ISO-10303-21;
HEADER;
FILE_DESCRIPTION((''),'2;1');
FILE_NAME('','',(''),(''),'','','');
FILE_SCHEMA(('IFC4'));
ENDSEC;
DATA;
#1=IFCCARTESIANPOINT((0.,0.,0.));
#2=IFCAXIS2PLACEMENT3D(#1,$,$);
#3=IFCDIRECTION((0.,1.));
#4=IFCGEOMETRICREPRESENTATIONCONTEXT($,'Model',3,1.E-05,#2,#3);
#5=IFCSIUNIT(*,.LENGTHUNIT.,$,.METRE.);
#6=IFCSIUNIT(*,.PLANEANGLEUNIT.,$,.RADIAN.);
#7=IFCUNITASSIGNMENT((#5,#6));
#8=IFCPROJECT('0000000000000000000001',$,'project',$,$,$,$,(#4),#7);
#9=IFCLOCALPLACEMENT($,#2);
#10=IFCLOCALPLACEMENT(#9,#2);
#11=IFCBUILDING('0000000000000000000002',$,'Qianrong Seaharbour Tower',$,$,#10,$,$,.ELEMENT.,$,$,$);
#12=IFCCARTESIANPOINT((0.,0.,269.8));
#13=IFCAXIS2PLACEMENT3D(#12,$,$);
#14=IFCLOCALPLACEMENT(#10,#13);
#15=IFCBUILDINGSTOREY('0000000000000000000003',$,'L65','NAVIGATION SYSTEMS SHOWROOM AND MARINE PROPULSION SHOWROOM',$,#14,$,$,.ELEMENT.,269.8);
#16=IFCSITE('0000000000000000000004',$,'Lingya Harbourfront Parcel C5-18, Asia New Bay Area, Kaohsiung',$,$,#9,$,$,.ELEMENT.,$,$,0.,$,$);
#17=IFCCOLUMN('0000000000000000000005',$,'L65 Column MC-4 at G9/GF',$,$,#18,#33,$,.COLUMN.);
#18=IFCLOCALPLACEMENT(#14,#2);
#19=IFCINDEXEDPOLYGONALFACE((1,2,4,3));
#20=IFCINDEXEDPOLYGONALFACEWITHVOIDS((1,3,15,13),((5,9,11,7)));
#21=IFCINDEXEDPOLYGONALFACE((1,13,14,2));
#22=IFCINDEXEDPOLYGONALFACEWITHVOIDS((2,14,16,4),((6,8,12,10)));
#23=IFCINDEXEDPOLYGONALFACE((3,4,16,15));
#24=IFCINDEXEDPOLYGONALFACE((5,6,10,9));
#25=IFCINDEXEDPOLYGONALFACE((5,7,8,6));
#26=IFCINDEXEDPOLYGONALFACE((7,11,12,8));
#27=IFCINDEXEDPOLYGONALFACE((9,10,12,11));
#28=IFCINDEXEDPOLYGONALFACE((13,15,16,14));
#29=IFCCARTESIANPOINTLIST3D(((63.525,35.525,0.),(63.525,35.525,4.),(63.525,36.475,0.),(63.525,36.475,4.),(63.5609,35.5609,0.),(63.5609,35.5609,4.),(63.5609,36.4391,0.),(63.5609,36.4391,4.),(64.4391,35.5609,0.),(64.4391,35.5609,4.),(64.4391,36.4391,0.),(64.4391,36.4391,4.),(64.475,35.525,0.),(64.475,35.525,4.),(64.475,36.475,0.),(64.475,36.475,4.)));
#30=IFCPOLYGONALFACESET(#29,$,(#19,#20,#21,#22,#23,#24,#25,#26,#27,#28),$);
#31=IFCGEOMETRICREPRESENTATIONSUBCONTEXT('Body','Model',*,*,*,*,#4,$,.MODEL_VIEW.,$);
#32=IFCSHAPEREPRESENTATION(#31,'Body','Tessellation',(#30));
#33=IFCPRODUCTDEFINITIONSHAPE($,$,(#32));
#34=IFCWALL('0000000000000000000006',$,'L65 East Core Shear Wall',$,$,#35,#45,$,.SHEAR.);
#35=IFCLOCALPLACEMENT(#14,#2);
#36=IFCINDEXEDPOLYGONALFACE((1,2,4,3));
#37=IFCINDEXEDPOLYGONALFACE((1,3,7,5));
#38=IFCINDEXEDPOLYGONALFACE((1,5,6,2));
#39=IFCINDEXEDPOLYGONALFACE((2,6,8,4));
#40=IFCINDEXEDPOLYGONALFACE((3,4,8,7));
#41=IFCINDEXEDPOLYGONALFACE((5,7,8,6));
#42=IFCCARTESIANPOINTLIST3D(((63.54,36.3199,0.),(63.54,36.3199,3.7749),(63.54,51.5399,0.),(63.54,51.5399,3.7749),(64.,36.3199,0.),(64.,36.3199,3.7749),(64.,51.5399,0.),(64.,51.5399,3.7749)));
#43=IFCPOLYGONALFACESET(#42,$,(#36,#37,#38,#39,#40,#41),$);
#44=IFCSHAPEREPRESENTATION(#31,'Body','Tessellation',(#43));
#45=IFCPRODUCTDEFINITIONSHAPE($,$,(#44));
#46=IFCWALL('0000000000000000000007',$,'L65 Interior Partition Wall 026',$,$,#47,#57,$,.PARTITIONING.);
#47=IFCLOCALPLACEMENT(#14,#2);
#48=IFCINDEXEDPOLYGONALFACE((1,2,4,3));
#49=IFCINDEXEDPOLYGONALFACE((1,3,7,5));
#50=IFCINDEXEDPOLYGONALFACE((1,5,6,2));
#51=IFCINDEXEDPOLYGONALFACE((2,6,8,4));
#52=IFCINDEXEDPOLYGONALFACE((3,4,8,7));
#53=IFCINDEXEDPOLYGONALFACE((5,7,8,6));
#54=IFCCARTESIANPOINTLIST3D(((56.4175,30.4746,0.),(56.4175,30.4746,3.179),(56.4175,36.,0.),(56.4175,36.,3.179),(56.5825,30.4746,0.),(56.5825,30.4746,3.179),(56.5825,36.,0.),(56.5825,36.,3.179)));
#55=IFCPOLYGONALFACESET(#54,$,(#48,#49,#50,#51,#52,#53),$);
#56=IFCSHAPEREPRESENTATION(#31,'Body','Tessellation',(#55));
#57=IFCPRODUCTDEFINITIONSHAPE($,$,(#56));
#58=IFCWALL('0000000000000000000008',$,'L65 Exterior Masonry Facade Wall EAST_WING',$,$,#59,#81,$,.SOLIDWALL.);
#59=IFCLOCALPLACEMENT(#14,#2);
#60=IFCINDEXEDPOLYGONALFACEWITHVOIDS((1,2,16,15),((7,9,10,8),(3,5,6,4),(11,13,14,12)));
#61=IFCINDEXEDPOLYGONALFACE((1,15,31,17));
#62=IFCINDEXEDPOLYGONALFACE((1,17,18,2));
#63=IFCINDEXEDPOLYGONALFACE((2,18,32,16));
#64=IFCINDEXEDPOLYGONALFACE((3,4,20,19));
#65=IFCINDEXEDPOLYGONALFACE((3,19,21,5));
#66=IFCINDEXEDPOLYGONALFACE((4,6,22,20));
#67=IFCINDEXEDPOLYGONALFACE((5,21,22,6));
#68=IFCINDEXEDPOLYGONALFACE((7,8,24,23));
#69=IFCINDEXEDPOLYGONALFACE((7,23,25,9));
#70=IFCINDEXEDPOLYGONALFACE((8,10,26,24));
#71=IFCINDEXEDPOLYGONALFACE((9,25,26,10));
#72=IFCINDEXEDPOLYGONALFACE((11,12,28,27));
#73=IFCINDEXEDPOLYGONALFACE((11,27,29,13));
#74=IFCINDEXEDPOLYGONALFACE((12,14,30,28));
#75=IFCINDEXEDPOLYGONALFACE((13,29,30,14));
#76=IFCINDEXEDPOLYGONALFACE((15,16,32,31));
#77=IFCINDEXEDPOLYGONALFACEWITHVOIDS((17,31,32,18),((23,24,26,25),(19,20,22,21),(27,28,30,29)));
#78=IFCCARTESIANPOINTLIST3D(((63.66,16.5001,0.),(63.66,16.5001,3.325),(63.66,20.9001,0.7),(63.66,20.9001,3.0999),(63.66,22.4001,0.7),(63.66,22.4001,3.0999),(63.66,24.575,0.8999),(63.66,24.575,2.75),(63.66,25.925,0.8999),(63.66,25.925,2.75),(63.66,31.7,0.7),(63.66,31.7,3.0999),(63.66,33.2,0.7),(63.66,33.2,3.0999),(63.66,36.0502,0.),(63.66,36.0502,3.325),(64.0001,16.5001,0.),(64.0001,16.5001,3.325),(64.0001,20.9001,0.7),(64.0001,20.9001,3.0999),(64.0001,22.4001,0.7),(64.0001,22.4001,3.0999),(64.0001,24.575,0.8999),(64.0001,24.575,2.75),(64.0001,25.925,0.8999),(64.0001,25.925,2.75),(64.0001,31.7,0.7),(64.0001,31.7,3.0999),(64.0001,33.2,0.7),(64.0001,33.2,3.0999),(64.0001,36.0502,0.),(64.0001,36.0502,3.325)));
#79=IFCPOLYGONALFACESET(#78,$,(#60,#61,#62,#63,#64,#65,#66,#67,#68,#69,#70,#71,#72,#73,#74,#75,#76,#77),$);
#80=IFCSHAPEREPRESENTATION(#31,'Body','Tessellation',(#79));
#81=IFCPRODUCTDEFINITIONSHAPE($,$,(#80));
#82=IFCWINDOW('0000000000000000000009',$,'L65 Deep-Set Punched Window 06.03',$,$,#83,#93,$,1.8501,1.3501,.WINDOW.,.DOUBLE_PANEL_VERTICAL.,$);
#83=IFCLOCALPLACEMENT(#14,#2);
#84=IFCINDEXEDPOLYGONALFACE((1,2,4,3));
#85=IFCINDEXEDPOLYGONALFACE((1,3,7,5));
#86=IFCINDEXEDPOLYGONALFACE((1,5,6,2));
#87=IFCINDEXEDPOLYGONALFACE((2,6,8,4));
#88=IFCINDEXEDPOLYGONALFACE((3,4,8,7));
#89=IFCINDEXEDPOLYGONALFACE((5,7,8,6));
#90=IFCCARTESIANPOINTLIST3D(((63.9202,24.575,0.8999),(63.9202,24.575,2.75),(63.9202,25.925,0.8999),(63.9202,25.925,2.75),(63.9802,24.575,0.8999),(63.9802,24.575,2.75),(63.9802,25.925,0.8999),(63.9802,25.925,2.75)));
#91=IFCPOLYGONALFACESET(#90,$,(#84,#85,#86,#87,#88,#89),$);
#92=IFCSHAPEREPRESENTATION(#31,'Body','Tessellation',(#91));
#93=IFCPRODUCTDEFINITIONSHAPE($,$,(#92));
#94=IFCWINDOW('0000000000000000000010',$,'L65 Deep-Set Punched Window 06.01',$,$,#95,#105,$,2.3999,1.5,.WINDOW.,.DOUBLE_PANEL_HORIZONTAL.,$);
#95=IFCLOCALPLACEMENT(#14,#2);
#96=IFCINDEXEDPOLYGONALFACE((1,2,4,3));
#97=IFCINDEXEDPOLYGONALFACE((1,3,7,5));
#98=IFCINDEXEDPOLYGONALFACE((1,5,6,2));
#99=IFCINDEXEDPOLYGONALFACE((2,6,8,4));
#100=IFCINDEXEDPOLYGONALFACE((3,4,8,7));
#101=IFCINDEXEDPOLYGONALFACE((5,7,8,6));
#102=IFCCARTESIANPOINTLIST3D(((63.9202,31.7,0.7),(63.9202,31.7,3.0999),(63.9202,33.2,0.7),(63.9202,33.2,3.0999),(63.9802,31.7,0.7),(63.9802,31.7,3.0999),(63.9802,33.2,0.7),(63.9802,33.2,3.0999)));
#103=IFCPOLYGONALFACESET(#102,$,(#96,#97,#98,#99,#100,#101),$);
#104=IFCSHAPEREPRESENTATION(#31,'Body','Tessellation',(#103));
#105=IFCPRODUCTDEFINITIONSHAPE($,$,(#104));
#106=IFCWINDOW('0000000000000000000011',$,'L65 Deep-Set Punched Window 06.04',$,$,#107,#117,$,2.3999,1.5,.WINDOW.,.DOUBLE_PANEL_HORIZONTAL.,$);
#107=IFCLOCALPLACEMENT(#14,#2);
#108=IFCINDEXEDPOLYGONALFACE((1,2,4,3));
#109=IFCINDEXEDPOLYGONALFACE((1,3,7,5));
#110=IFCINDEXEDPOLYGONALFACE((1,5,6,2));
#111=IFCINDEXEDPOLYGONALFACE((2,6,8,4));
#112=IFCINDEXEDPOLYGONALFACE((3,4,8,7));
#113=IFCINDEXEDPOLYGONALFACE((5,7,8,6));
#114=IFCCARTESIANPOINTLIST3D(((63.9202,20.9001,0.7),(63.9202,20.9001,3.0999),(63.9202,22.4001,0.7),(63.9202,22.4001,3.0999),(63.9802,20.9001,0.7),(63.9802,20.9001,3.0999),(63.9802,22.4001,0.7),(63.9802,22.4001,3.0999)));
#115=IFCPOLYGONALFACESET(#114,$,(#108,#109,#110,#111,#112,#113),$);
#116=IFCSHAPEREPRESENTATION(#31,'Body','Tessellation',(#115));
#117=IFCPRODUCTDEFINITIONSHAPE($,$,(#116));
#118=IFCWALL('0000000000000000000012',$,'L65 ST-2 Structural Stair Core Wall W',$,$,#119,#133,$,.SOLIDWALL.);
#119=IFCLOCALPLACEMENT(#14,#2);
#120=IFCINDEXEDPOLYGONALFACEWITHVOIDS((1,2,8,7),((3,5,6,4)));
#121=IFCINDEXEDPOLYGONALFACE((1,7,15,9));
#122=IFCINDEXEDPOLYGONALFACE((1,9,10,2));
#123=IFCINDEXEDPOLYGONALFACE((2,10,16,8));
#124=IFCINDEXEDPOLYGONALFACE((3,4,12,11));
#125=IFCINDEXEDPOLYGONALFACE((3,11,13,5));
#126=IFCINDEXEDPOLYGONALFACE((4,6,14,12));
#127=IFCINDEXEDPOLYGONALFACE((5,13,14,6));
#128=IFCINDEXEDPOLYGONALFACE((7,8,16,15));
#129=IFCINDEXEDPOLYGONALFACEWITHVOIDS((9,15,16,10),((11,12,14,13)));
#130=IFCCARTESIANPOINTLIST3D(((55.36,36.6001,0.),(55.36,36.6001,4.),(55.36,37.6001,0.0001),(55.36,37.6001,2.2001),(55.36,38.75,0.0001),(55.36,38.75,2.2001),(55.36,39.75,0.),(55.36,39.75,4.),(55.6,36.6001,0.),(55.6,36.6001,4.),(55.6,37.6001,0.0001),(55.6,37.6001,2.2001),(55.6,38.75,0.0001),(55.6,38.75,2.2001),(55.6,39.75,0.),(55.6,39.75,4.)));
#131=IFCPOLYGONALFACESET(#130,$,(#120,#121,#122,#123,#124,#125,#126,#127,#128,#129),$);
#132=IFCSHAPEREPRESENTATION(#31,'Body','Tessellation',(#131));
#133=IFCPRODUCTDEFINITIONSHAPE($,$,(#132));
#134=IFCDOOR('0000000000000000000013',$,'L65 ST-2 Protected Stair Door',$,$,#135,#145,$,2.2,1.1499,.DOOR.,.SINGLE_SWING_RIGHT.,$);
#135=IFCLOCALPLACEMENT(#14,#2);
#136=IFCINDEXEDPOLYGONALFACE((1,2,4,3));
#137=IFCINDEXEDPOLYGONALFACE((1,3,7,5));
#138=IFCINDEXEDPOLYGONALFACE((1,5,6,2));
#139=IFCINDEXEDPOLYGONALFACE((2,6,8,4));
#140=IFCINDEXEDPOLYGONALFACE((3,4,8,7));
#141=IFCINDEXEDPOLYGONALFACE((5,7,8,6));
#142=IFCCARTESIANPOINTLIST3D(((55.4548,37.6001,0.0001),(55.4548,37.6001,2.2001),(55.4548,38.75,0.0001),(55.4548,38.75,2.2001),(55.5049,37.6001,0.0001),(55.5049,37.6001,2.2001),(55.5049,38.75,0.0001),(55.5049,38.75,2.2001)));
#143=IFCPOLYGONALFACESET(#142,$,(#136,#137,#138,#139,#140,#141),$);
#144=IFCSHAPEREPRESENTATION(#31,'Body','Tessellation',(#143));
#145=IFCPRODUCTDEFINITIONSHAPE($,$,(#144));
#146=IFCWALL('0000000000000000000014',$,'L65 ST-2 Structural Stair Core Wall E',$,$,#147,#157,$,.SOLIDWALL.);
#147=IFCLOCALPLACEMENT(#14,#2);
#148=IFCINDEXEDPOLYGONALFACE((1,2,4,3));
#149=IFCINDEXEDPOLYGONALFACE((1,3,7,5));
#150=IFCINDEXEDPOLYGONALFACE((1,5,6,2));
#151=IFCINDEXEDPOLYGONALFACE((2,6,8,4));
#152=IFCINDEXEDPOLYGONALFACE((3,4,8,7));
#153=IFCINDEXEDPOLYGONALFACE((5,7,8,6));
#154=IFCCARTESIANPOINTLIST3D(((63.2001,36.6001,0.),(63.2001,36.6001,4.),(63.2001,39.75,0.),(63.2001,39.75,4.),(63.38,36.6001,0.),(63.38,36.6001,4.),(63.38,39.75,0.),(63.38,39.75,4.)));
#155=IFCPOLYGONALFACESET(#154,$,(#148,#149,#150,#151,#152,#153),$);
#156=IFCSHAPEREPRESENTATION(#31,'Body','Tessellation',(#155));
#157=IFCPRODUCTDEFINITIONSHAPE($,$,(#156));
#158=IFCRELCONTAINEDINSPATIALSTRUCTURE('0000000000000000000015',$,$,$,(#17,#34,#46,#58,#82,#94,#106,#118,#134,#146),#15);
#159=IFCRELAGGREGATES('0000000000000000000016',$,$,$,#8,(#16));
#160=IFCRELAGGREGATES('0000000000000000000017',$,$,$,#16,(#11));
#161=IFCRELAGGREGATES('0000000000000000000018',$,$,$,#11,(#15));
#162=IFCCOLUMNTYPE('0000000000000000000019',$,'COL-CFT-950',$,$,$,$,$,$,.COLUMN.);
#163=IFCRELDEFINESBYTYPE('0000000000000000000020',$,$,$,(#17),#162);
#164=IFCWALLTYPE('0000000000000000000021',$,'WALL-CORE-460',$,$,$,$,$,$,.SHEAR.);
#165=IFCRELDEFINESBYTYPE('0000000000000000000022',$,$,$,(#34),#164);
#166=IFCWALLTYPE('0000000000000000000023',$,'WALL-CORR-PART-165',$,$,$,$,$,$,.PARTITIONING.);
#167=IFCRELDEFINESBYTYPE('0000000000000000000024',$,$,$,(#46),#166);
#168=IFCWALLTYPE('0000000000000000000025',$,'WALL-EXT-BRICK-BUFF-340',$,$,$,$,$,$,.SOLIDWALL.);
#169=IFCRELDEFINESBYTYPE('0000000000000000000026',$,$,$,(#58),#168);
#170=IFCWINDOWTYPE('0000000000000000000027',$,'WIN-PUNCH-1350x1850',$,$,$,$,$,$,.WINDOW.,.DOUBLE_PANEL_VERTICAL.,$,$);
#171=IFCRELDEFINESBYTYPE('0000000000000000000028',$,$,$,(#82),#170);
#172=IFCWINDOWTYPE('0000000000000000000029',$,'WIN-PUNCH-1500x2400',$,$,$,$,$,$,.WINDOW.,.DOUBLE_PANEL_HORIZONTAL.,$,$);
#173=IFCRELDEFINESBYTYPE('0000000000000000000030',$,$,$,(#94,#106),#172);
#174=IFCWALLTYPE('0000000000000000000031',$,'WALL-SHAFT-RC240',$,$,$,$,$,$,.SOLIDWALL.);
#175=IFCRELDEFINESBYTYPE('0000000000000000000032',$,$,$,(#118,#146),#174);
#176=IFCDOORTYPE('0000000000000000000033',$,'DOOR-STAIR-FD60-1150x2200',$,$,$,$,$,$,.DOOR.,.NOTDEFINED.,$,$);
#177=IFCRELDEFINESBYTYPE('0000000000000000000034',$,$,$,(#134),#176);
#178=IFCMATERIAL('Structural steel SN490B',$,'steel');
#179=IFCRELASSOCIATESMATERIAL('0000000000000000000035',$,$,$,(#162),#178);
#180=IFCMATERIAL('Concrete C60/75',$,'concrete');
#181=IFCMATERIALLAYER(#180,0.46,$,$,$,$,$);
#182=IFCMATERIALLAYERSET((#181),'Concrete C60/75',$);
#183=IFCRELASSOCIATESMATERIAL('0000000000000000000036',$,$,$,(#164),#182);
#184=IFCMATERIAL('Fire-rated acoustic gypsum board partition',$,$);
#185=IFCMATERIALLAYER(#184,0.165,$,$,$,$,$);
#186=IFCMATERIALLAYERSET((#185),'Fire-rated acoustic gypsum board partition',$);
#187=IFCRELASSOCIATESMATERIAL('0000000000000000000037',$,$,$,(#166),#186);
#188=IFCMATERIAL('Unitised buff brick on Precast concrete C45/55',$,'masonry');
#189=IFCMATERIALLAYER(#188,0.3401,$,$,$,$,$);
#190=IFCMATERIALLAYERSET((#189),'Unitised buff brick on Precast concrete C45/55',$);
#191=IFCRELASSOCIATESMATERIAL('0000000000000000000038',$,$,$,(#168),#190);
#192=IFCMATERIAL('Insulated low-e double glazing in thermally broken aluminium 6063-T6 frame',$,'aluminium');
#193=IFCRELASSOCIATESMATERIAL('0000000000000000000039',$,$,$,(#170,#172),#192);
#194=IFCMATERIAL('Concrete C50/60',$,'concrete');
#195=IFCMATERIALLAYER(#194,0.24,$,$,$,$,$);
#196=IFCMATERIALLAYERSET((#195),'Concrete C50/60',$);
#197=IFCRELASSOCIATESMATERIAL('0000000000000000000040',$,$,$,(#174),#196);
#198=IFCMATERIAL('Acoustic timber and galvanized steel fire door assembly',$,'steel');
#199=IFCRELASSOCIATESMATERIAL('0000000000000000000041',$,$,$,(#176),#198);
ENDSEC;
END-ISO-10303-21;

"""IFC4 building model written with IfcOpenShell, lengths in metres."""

from ifc_helpers import new_model, si_unit, direction, frame, frame_2d, origin, origin_2d, place, context, subcontext, project, spatial, rectangle, hollow_rectangle, extrude, material, layer, layer_set, material_profile, profile_set, type_object, element, fill, save


model = new_model("IFC4")

# Units and contexts
model_context = context("Model", 3, precision=1e-05, world=origin(), true_north=direction((0.0, 1.0)))
body_context = subcontext(model_context, "Body", "Model", "MODEL_VIEW")
ifc_project = project(units=[si_unit("LENGTHUNIT", "METRE"), si_unit("PLANEANGLEUNIT", "RADIAN")], contexts=[model_context])

# Site, building, storey
site_placement = place(None, origin())
site = spatial("IfcSite", under=ifc_project, at=site_placement, Name="Lingya Harbourfront Parcel C5-18, Asia New Bay Area, Kaohsiung", CompositionType="ELEMENT", RefElevation=0.0)
building_placement = place(site_placement, origin())
building = spatial("IfcBuilding", under=site, at=building_placement, Name="Qianrong Seaharbour Tower", CompositionType="ELEMENT")
storey_placement = place(building_placement, frame((0.0, 0.0, 269.8)))
storey = spatial("IfcBuildingStorey", under=building, at=storey_placement, Name="L65", Description="NAVIGATION SYSTEMS SHOWROOM AND MARINE PROPULSION SHOWROOM", CompositionType="ELEMENT", Elevation=269.8)

# Column
ifc_material_1 = material(Name="Structural steel SN490B", Category="steel")
ifc_material_profile = material_profile(ifc_material_1, hollow_rectangle(XDim=0.95, YDim=0.95, WallThickness=0.0359, at=origin_2d()), Name="BOX950x950x36")
ifc_profile_set = profile_set([ifc_material_profile], Name="Structural steel SN490B")
column_type = type_object("IfcColumnType", Name="COL-CFT-950", PredefinedType="COLUMN", material=ifc_profile_set)
column_placement = place(storey_placement, frame((64.0, 36.0, 0.0), z_axis=(0.0, 0.0, 1.0), x_axis=(1.0, 0.0, 0.0)))
element("IfcColumn", 1, at=column_placement, inside=storey, type_object=column_type, Name="L65 Column MC-4 at G9/GF", PredefinedType="COLUMN", context=body_context, shape_type="SweptSolid", body=[
    extrude(hollow_rectangle(XDim=0.95, YDim=0.95, WallThickness=0.0359, at=origin_2d()), origin(), (0.0, 0.0, 1.0), 4.0),
])

# Walls
ifc_material_2 = material(Name="Concrete C60/75", Category="concrete")
ifc_layer_1 = layer(ifc_material_2, 0.46)
ifc_layer_set_1 = layer_set([ifc_layer_1], Name="Concrete C60/75")
wall_type_1 = type_object("IfcWallType", Name="WALL-CORE-460", PredefinedType="SHEAR", material=ifc_layer_set_1)
wall_1_placement = place(storey_placement, frame((63.77, 36.3201, 0.0), z_axis=(0.0, 0.0, 1.0), x_axis=(0.0, 1.0, 0.0)))
element("IfcWall", 2, at=wall_1_placement, inside=storey, type_object=wall_type_1, Name="L65 East Core Shear Wall", PredefinedType="SHEAR", context=body_context, shape_type="SweptSolid", body=[
    extrude(rectangle(XDim=15.22, YDim=0.46, at=frame_2d((7.6099, 0.0))), origin(), (0.0, 0.0, 1.0), 3.7749),
])
ifc_material_3 = material(Name="Fire-rated acoustic gypsum board partition")
ifc_layer_2 = layer(ifc_material_3, 0.165)
ifc_layer_set_2 = layer_set([ifc_layer_2], Name="Fire-rated acoustic gypsum board partition")
wall_type_2 = type_object("IfcWallType", Name="WALL-CORR-PART-165", PredefinedType="PARTITIONING", material=ifc_layer_set_2)
wall_2_placement = place(storey_placement, frame((56.5, 36.0, 0.0), z_axis=(0.0, 0.0, 1.0), x_axis=(0.0, -1.0, 0.0)))
element("IfcWall", 3, at=wall_2_placement, inside=storey, type_object=wall_type_2, Name="L65 Interior Partition Wall 026", PredefinedType="PARTITIONING", context=body_context, shape_type="SweptSolid", body=[
    extrude(rectangle(XDim=5.5254, YDim=0.165, at=frame_2d((2.7627, 0.0))), origin(), (0.0, 0.0, 1.0), 3.179),
])

# Wall, openings, windows
ifc_material_4 = material(Name="Unitised buff brick on Precast concrete C45/55", Category="masonry")
ifc_layer_3 = layer(ifc_material_4, 0.3401)
ifc_layer_set_3 = layer_set([ifc_layer_3], Name="Unitised buff brick on Precast concrete C45/55")
wall_type_3 = type_object("IfcWallType", Name="WALL-EXT-BRICK-BUFF-340", PredefinedType="SOLIDWALL", material=ifc_layer_set_3)
wall_3_placement = place(storey_placement, frame((63.8301, 36.05, 0.0), z_axis=(0.0, 0.0, 1.0), x_axis=(0.0, -1.0, 0.0)))
wall_3 = element("IfcWall", 4, at=wall_3_placement, inside=storey, type_object=wall_type_3, Name="L65 Exterior Masonry Facade Wall EAST_WING", PredefinedType="SOLIDWALL", context=body_context, shape_type="SweptSolid", body=[
    extrude(rectangle(XDim=19.55, YDim=0.3401, at=frame_2d((9.7749, 0.0))), origin(), (0.0, 0.0, 1.0), 3.325),
])
opening_1_placement = place(wall_3_placement, frame((2.8501, 0.0, 0.7)))
opening_1 = element("IfcOpeningElement", 5, at=opening_1_placement, cuts=wall_3, PredefinedType="OPENING", context=body_context, shape_type="SweptSolid", body=[
    extrude(rectangle(XDim=1.5, YDim=2.3999, at=frame_2d((0.75, 1.2))), frame((0.0, 0.1802, 0.0), z_axis=(0.0, -1.0, 0.0), x_axis=(1.0, 0.0, 0.0)), (0.0, 0.0, 1.0), 0.3601),
])
opening_2_placement = place(wall_3_placement, frame((10.125, 0.0, 0.8999)))
opening_2 = element("IfcOpeningElement", 6, at=opening_2_placement, cuts=wall_3, PredefinedType="OPENING", context=body_context, shape_type="SweptSolid", body=[
    extrude(rectangle(XDim=1.3501, YDim=1.8501, at=frame_2d((0.675, 0.925))), frame((0.0, 0.1802, 0.0), z_axis=(0.0, -1.0, 0.0), x_axis=(1.0, 0.0, 0.0)), (0.0, 0.0, 1.0), 0.3601),
])
opening_3_placement = place(wall_3_placement, frame((13.6499, 0.0, 0.7)))
opening_3 = element("IfcOpeningElement", 7, at=opening_3_placement, cuts=wall_3, PredefinedType="OPENING", context=body_context, shape_type="SweptSolid", body=[
    extrude(rectangle(XDim=1.5, YDim=2.3999, at=frame_2d((0.75, 1.2))), frame((0.0, 0.1802, 0.0), z_axis=(0.0, -1.0, 0.0), x_axis=(1.0, 0.0, 0.0)), (0.0, 0.0, 1.0), 0.3601),
])
ifc_material_5 = material(Name="Insulated low-e double glazing in thermally broken aluminium 6063-T6 frame", Category="aluminium")
window_type_1 = type_object("IfcWindowType", Name="WIN-PUNCH-1350x1850", PartitioningType="DOUBLE_PANEL_VERTICAL", PredefinedType="WINDOW", material=ifc_material_5)
window_1_placement = place(opening_2_placement, origin())
window_1 = element("IfcWindow", 8, at=window_1_placement, inside=storey, type_object=window_type_1, Name="L65 Deep-Set Punched Window 06.03", OverallHeight=1.8501, OverallWidth=1.3501, PartitioningType="DOUBLE_PANEL_VERTICAL", PredefinedType="WINDOW", context=body_context, shape_type="SweptSolid", body=[
    extrude(rectangle(XDim=1.3501, YDim=1.8501, at=frame_2d((0.675, 0.925))), frame((0.0, 0.1501, 0.0), z_axis=(0.0, -1.0, 0.0), x_axis=(1.0, 0.0, 0.0)), (0.0, 0.0, 1.0), 0.0601),
])
fill(opening_2, window_1)
window_type_2 = type_object("IfcWindowType", Name="WIN-PUNCH-1500x2400", PartitioningType="DOUBLE_PANEL_HORIZONTAL", PredefinedType="WINDOW", material=ifc_material_5)
window_2_placement = place(opening_1_placement, origin())
window_2 = element("IfcWindow", 9, at=window_2_placement, inside=storey, type_object=window_type_2, Name="L65 Deep-Set Punched Window 06.01", OverallHeight=2.3999, OverallWidth=1.5, PartitioningType="DOUBLE_PANEL_HORIZONTAL", PredefinedType="WINDOW", context=body_context, shape_type="SweptSolid", body=[
    extrude(rectangle(XDim=1.5, YDim=2.3999, at=frame_2d((0.75, 1.2))), frame((0.0, 0.1501, 0.0), z_axis=(0.0, -1.0, 0.0), x_axis=(1.0, 0.0, 0.0)), (0.0, 0.0, 1.0), 0.0601),
])
fill(opening_1, window_2)
window_3_placement = place(opening_3_placement, origin())
window_3 = element("IfcWindow", 10, at=window_3_placement, inside=storey, type_object=window_type_2, Name="L65 Deep-Set Punched Window 06.04", OverallHeight=2.3999, OverallWidth=1.5, PartitioningType="DOUBLE_PANEL_HORIZONTAL", PredefinedType="WINDOW", context=body_context, shape_type="SweptSolid", body=[
    extrude(rectangle(XDim=1.5, YDim=2.3999, at=frame_2d((0.75, 1.2))), frame((0.0, 0.1501, 0.0), z_axis=(0.0, -1.0, 0.0), x_axis=(1.0, 0.0, 0.0)), (0.0, 0.0, 1.0), 0.0601),
])
fill(opening_3, window_3)

# Wall, opening, door
ifc_material_6 = material(Name="Concrete C50/60", Category="concrete")
ifc_layer_4 = layer(ifc_material_6, 0.24)
ifc_layer_set_4 = layer_set([ifc_layer_4], Name="Concrete C50/60")
wall_type_4 = type_object("IfcWallType", Name="WALL-SHAFT-RC240", PredefinedType="SOLIDWALL", material=ifc_layer_set_4)
wall_4_placement = place(storey_placement, frame((55.48, 39.75, 0.0), z_axis=(0.0, 0.0, 1.0), x_axis=(0.0, -1.0, 0.0)))
wall_4 = element("IfcWall", 11, at=wall_4_placement, inside=storey, type_object=wall_type_4, Name="L65 ST-2 Structural Stair Core Wall W", PredefinedType="SOLIDWALL", context=body_context, shape_type="SweptSolid", body=[
    extrude(rectangle(XDim=3.1499, YDim=0.24, at=frame_2d((1.575, 0.0))), origin(), (0.0, 0.0, 1.0), 4.0),
])
opening_4_placement = place(wall_4_placement, frame((1.0, 0.0, 0.0)))
opening_4 = element("IfcOpeningElement", 12, at=opening_4_placement, cuts=wall_4, PredefinedType="OPENING", context=body_context, shape_type="SweptSolid", body=[
    extrude(rectangle(XDim=1.1499, YDim=2.2, at=frame_2d((0.575, 1.1001))), frame((0.0, 0.1299, 0.0), z_axis=(0.0, -1.0, 0.0), x_axis=(1.0, 0.0, 0.0)), (0.0, 0.0, 1.0), 0.26),
])
ifc_material_7 = material(Name="Acoustic timber and galvanized steel fire door assembly", Category="steel")
door_type = type_object("IfcDoorType", Name="DOOR-STAIR-FD60-1150x2200", OperationType="NOTDEFINED", PredefinedType="DOOR", material=ifc_material_7)
door_placement = place(opening_4_placement, origin())
door = element("IfcDoor", 13, at=door_placement, inside=storey, type_object=door_type, Name="L65 ST-2 Protected Stair Door", OperationType="SINGLE_SWING_RIGHT", OverallHeight=2.2, OverallWidth=1.1499, PredefinedType="DOOR", context=body_context, shape_type="SweptSolid", body=[
    extrude(rectangle(XDim=1.1499, YDim=2.2, at=frame_2d((0.575, 1.1001))), frame((0.0, 0.0249, 0.0), z_axis=(0.0, -1.0, 0.0), x_axis=(1.0, 0.0, 0.0)), (0.0, 0.0, 1.0), 0.05),
])
fill(opening_4, door)

# Wall
wall_5_placement = place(storey_placement, frame((63.29, 36.6001, 0.0), z_axis=(0.0, 0.0, 1.0), x_axis=(0.0, 1.0, 0.0)))
element("IfcWall", 14, at=wall_5_placement, inside=storey, type_object=wall_type_4, Name="L65 ST-2 Structural Stair Core Wall E", PredefinedType="SOLIDWALL", context=body_context, shape_type="SweptSolid", body=[
    extrude(rectangle(XDim=3.1499, YDim=0.1799, at=frame_2d((1.575, 0.0))), origin(), (0.0, 0.0, 1.0), 4.0),
])

save(model, "model.ifc")
